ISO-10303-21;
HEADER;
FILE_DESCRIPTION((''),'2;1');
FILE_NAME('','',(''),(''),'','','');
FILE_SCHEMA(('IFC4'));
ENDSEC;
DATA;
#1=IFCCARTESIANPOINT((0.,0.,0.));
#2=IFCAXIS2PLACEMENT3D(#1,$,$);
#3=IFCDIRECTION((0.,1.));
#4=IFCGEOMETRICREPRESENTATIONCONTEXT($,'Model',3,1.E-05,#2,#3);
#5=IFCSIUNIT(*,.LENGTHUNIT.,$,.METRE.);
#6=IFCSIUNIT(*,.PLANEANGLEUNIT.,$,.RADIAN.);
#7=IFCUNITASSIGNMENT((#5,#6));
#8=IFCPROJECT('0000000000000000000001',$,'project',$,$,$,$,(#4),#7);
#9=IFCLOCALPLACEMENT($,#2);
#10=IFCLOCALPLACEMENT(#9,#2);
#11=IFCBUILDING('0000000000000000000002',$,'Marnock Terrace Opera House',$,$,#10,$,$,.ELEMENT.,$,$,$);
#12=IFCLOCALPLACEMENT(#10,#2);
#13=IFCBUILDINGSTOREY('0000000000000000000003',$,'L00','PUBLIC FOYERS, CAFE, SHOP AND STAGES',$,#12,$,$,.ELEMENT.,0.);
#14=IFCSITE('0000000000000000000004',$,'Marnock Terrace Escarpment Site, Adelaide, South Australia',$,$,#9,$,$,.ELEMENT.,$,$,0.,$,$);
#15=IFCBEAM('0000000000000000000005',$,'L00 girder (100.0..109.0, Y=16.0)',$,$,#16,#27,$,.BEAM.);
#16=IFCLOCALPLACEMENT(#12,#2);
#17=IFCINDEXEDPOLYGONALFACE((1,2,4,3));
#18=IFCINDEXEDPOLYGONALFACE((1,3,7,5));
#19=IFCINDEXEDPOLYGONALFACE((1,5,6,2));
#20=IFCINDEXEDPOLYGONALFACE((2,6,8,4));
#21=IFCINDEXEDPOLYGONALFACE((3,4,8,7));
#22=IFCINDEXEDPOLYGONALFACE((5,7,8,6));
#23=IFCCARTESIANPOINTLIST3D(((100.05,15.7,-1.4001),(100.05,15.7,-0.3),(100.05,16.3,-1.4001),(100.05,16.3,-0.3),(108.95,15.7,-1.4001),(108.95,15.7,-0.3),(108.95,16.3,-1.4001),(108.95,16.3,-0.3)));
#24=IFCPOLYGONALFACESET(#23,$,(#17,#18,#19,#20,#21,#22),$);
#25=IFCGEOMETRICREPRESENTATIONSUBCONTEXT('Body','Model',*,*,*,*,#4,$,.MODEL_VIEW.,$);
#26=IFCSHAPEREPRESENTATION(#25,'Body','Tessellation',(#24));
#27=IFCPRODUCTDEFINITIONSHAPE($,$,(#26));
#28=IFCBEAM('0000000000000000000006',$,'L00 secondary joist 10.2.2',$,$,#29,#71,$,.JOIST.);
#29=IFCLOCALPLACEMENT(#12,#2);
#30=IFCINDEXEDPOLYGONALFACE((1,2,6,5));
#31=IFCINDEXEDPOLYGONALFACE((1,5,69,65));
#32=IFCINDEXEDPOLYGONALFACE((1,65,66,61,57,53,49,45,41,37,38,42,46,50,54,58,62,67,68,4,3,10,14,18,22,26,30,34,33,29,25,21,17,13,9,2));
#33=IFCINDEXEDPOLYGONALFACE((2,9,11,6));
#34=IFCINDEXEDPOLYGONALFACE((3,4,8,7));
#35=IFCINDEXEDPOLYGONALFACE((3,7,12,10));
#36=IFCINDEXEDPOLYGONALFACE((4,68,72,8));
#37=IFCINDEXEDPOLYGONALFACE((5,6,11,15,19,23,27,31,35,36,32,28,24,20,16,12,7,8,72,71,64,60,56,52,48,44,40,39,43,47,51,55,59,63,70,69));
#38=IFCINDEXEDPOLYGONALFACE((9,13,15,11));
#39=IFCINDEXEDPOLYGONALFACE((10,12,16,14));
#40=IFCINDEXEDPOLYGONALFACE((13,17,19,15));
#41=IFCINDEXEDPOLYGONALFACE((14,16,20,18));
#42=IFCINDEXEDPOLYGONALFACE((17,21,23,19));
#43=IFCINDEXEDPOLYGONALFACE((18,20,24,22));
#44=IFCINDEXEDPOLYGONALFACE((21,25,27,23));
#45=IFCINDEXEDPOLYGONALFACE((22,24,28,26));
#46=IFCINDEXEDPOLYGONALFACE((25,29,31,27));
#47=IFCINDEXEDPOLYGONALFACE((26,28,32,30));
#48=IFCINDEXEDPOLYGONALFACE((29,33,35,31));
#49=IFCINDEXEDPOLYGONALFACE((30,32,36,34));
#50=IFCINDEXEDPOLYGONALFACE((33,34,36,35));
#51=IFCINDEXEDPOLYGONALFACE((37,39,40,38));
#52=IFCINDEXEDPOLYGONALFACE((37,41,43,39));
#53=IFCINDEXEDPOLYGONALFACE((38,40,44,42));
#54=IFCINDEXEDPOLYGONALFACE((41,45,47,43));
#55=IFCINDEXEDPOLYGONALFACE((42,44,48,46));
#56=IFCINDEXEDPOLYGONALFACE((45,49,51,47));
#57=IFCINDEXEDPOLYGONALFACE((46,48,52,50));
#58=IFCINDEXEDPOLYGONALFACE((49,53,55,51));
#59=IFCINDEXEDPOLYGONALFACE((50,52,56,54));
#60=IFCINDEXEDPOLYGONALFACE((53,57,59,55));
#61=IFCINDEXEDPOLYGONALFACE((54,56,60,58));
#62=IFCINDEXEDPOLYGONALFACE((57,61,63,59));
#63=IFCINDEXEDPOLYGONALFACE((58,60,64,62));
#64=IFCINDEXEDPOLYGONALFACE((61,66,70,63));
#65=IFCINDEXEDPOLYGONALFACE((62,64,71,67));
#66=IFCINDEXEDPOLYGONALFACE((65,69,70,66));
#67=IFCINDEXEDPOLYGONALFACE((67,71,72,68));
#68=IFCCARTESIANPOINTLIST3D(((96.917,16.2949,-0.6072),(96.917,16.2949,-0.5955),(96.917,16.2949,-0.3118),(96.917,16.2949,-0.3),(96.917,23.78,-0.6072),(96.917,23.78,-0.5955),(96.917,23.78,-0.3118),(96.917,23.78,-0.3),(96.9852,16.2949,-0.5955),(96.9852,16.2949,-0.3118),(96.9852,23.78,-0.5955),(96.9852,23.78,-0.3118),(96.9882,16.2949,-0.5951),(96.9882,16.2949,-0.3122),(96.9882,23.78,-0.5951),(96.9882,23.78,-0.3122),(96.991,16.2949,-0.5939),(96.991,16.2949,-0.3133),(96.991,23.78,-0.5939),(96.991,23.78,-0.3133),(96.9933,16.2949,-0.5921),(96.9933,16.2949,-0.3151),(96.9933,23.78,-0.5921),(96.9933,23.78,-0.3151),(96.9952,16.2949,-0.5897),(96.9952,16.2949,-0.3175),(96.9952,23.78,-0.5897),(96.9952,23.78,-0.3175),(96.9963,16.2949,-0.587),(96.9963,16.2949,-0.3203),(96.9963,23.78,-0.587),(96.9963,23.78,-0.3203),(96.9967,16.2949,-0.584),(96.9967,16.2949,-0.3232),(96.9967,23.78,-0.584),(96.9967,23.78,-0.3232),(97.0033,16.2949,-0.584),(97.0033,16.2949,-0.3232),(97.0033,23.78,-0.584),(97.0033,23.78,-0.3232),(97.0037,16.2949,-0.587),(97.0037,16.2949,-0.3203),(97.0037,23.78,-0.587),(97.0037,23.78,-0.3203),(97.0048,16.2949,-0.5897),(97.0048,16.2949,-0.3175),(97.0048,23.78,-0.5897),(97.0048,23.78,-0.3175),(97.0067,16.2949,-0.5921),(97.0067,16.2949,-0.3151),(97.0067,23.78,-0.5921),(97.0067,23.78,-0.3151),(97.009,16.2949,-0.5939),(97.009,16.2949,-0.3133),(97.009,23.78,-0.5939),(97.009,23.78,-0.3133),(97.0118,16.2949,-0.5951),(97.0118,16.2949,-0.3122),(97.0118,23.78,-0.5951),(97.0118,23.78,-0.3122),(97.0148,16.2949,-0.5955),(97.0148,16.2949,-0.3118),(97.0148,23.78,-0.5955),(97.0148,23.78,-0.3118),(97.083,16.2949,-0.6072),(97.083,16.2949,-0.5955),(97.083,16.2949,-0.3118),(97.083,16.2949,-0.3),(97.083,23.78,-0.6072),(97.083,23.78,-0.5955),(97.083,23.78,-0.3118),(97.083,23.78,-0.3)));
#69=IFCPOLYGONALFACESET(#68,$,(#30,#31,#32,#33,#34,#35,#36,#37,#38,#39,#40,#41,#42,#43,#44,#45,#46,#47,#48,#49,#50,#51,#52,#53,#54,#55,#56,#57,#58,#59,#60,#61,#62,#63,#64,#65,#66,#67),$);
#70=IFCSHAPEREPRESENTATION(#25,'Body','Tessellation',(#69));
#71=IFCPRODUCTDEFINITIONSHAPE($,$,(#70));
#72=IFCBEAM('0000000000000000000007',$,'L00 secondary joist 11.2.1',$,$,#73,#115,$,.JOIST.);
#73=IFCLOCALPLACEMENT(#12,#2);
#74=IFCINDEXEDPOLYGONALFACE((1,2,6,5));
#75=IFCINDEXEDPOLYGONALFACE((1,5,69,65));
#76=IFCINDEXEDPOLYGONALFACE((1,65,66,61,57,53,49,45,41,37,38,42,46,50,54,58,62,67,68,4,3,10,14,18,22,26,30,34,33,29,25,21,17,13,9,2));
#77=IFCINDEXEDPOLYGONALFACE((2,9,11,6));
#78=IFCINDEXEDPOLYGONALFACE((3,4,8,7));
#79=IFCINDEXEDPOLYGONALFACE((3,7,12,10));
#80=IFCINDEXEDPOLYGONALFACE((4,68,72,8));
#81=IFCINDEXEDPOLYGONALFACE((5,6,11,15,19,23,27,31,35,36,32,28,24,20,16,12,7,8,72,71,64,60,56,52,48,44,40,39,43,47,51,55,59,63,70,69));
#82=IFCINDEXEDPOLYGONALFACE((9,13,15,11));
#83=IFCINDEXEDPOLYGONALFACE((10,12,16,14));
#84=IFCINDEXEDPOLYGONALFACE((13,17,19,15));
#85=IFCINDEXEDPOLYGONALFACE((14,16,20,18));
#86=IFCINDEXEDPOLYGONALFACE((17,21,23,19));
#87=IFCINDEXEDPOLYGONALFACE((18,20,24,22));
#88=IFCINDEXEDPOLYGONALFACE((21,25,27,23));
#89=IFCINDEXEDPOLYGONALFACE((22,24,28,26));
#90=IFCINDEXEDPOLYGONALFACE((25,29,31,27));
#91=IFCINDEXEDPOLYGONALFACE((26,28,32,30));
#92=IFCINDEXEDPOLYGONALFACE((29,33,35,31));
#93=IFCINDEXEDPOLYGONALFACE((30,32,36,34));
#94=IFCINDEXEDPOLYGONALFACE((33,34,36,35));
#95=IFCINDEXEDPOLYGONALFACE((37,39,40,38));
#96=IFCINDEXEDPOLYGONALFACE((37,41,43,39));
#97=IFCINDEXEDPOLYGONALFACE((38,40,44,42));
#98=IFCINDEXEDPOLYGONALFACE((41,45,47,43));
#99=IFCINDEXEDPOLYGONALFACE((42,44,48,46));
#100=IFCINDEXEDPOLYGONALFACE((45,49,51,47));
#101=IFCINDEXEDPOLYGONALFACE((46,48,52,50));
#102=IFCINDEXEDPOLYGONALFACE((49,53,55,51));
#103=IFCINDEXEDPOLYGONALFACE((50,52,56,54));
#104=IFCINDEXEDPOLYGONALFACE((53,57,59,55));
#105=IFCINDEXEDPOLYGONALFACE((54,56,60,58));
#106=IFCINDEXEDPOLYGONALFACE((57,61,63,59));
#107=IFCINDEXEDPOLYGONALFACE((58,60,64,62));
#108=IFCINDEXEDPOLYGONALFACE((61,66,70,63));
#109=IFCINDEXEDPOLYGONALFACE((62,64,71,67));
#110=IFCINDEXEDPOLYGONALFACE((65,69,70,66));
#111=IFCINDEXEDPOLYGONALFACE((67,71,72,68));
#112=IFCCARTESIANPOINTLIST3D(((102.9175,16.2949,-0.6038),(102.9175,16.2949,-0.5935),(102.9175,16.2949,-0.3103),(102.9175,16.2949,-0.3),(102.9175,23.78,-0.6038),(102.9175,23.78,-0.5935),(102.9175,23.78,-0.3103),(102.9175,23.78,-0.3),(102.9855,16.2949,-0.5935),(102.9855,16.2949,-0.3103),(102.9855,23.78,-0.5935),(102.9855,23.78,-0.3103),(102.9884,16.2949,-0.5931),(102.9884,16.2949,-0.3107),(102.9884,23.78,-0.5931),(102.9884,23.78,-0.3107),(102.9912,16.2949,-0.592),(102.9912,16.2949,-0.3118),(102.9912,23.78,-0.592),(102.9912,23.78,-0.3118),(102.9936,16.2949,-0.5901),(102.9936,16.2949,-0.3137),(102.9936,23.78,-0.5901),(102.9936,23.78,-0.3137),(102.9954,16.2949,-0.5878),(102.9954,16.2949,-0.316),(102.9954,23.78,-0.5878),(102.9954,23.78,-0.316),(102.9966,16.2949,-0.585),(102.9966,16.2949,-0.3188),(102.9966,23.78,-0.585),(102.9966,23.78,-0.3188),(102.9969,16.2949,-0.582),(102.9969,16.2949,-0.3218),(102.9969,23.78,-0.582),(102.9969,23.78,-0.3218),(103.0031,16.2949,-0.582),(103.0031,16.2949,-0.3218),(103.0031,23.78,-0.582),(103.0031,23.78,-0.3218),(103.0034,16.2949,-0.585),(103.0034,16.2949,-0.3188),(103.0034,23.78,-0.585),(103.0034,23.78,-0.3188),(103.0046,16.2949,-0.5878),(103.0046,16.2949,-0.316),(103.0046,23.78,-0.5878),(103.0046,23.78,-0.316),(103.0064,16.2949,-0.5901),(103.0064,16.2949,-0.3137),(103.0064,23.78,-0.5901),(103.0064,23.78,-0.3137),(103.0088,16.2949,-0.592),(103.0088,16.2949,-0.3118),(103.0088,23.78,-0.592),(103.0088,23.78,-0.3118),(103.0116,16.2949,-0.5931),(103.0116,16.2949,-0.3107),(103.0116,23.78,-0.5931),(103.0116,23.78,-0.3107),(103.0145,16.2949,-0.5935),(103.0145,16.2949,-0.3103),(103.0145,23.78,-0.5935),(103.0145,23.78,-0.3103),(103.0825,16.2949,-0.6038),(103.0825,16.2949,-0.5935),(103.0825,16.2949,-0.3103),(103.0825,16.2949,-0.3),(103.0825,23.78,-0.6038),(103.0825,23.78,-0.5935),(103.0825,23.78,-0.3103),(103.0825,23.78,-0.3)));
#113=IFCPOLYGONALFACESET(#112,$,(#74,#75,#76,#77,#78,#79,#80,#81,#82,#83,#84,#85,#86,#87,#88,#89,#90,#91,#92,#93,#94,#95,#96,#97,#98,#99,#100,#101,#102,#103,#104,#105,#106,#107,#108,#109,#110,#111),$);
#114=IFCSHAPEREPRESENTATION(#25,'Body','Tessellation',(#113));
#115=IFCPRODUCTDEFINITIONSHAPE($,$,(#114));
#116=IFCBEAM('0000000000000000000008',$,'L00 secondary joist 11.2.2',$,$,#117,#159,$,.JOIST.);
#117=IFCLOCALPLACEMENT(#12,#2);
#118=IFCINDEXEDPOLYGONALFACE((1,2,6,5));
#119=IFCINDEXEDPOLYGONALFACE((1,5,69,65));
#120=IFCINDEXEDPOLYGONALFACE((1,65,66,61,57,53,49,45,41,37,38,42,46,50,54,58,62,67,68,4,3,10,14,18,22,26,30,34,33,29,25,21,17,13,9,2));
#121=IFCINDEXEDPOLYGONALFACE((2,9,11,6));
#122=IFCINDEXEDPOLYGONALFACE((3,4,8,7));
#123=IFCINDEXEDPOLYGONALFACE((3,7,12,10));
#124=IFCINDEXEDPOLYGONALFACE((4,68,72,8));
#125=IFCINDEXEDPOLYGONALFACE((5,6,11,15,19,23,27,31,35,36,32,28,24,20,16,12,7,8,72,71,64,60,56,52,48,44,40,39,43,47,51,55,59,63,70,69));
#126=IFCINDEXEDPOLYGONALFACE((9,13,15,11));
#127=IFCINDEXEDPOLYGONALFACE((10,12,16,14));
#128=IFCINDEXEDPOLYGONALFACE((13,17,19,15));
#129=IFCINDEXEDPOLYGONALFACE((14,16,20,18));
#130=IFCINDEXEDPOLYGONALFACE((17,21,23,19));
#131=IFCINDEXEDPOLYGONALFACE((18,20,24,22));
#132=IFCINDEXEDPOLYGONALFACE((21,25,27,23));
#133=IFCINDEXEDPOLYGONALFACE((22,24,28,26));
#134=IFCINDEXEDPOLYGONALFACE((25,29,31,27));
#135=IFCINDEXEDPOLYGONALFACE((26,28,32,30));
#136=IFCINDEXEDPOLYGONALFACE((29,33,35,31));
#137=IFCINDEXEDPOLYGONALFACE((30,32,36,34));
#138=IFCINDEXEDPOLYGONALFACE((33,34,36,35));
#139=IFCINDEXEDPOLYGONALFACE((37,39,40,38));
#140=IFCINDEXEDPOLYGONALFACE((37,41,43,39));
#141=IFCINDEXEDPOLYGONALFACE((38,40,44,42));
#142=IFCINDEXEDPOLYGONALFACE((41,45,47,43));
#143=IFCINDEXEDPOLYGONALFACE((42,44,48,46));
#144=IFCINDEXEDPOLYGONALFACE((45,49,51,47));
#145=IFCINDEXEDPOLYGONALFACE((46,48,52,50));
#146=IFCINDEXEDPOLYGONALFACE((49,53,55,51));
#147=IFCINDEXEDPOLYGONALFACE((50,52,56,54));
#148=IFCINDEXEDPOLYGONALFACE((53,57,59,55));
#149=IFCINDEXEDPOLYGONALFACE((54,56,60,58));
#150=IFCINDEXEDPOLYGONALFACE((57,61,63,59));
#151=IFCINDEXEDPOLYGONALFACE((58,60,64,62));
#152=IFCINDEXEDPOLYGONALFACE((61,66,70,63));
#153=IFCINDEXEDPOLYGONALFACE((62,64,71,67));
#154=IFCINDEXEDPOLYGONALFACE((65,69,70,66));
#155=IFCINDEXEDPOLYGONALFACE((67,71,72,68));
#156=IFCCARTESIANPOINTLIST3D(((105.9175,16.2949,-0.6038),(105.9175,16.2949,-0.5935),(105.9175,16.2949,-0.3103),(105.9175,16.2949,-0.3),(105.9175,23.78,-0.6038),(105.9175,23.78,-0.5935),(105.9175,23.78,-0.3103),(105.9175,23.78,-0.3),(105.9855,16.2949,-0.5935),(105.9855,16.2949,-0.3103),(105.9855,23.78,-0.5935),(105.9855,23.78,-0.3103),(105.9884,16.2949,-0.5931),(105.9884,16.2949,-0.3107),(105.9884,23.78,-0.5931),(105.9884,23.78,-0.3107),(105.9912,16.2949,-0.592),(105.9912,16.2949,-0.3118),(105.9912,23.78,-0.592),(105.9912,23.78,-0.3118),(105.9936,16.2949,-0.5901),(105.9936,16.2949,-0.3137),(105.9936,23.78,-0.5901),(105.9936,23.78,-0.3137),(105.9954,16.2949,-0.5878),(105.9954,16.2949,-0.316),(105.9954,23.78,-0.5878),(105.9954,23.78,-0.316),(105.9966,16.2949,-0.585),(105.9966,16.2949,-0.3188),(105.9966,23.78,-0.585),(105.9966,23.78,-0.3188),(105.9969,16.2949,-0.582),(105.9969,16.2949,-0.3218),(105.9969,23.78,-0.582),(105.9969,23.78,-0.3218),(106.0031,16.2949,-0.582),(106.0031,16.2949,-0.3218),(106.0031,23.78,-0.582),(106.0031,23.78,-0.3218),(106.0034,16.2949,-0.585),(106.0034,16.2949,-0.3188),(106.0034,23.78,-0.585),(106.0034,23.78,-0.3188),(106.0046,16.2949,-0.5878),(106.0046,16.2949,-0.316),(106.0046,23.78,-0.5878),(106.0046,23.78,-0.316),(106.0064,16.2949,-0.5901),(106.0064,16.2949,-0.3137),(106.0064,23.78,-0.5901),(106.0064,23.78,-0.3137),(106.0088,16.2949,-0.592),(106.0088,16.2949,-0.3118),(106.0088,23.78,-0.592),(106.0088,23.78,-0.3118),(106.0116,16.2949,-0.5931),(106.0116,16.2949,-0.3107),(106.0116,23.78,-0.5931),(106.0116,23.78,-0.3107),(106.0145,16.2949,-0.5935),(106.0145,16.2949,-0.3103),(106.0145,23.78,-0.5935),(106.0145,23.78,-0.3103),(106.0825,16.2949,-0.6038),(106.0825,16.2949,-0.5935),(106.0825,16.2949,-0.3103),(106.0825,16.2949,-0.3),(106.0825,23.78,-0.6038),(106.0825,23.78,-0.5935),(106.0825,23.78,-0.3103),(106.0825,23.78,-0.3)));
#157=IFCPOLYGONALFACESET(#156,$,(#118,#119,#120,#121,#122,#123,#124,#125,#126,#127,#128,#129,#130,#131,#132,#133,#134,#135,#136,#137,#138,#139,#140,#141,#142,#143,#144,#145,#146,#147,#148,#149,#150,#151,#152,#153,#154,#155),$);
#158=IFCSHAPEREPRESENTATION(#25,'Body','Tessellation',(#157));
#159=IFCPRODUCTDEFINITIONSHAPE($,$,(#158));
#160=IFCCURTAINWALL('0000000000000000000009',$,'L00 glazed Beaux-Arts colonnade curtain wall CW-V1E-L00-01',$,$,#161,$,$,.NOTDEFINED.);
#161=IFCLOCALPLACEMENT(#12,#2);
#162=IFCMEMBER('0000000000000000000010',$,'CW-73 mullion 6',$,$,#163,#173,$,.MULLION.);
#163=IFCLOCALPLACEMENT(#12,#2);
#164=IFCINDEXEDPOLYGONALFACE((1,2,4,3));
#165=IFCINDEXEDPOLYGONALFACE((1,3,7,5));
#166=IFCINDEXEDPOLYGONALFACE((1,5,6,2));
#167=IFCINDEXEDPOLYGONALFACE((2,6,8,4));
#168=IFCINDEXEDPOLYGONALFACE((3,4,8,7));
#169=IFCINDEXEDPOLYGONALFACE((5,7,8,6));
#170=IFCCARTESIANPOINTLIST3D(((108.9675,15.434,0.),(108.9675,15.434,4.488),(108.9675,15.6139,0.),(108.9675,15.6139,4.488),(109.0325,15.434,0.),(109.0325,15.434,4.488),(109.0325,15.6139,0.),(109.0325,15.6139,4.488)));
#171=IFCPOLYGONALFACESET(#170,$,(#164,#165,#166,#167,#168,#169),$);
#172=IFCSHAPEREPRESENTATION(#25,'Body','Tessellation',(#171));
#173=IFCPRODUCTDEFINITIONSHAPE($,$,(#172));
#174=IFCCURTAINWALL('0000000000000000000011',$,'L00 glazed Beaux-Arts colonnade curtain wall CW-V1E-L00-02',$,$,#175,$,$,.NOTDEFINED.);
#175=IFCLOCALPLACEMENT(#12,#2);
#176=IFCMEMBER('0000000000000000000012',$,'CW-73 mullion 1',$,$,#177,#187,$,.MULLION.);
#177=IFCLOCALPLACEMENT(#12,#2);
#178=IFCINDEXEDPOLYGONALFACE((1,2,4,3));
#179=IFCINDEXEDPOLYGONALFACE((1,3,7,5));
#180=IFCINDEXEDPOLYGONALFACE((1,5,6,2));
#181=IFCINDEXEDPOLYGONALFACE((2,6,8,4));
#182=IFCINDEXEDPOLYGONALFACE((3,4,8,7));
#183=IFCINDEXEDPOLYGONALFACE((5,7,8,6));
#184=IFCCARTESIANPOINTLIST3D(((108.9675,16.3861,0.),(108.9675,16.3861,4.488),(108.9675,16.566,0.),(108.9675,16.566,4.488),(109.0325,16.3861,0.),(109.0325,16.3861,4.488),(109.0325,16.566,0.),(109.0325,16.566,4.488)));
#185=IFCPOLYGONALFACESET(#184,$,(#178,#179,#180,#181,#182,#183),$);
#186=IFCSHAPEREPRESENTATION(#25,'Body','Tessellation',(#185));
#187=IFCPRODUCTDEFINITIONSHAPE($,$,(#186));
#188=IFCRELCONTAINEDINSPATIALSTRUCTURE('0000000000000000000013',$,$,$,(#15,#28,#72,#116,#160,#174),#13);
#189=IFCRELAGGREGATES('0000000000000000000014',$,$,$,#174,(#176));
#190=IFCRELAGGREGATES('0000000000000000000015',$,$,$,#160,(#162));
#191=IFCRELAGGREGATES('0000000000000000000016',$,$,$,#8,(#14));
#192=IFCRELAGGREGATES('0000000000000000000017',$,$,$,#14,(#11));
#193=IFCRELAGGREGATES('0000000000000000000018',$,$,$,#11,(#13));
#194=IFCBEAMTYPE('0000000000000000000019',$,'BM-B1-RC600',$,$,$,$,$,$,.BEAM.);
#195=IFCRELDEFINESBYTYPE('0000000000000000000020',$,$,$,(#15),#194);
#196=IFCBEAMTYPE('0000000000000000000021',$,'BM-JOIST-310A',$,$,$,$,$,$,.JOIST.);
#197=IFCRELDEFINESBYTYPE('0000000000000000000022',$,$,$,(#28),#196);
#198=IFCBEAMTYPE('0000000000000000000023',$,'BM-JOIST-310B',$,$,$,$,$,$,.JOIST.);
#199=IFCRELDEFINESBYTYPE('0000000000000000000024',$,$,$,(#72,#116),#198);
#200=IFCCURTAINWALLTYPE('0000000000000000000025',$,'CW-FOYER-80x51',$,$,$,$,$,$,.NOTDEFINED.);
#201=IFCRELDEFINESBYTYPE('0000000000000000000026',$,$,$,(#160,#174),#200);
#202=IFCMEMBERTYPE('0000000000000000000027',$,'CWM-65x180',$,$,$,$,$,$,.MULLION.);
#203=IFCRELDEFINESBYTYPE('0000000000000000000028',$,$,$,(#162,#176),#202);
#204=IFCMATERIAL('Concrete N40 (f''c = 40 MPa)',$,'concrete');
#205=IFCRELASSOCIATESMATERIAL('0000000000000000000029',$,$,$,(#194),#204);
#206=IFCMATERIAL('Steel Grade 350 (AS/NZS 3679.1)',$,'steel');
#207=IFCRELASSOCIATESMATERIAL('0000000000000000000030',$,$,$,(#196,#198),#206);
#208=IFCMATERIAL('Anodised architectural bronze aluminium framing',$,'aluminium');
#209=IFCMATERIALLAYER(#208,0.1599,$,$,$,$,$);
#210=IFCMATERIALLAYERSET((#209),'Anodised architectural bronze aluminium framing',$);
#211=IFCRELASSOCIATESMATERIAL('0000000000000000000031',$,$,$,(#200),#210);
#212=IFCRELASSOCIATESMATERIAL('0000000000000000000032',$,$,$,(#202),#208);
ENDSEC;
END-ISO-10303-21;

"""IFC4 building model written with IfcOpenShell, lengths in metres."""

from ifc_helpers import new_model, si_unit, direction, frame, origin, origin_2d, place, context, subcontext, project, spatial, rectangle, i_section, extrude, material, layer, layer_set, material_profile, profile_set, type_object, element, aggregate, save


model = new_model("IFC4")

# Units and contexts
model_context = context("Model", 3, precision=1e-05, world=origin(), true_north=direction((0.0, 1.0)))
body_context = subcontext(model_context, "Body", "Model", "MODEL_VIEW")
ifc_project = project(units=[si_unit("LENGTHUNIT", "METRE"), si_unit("PLANEANGLEUNIT", "RADIAN")], contexts=[model_context])

# Site, building, storey
site_placement = place(None, origin())
site = spatial("IfcSite", under=ifc_project, at=site_placement, Name="Marnock Terrace Escarpment Site, Adelaide, South Australia", CompositionType="ELEMENT", RefElevation=0.0)
building_placement = place(site_placement, origin())
building = spatial("IfcBuilding", under=site, at=building_placement, Name="Marnock Terrace Opera House", CompositionType="ELEMENT")
storey_placement = place(building_placement, origin())
storey = spatial("IfcBuildingStorey", under=building, at=storey_placement, Name="L00", Description="PUBLIC FOYERS, CAFE, SHOP AND STAGES", CompositionType="ELEMENT", Elevation=0.0)

# Shared definitions
ifc_material_1 = material(Name="Steel Grade 350 (AS/NZS 3679.1)", Category="steel")

# Beams
ifc_material_2 = material(Name="Concrete N40 (f'c = 40 MPa)", Category="concrete")
ifc_material_profile_1 = material_profile(ifc_material_2, rectangle(XDim=0.6001, YDim=1.1001, at=origin_2d()))
ifc_profile_set_1 = profile_set([ifc_material_profile_1], Name="Concrete N40 (f'c = 40 MPa)")
beam_type_1 = type_object("IfcBeamType", Name="BM-B1-RC600", PredefinedType="BEAM", material=ifc_profile_set_1)
beam_1_placement = place(storey_placement, frame((100.05, 16.0, -0.8501), z_axis=(1.0, 0.0, 0.0), x_axis=(0.0, 1.0, 0.0)))
element("IfcBeam", 1, at=beam_1_placement, inside=storey, type_object=beam_type_1, Name="L00 girder (100.0..109.0, Y=16.0)", PredefinedType="BEAM", context=body_context, shape_type="SweptSolid", body=[
    extrude(rectangle(XDim=0.6001, YDim=1.1001, at=origin_2d()), origin(), (0.0, 0.0, 1.0), 8.8999),
])
ifc_material_profile_2 = material_profile(ifc_material_1, i_section(OverallWidth=0.166, OverallDepth=0.3071, WebThickness=0.0066, FlangeThickness=0.0117, FilletRadius=0.0115, at=origin_2d()))
ifc_profile_set_2 = profile_set([ifc_material_profile_2], Name="Steel Grade 350 (AS/NZS 3679.1)")
beam_type_2 = type_object("IfcBeamType", Name="BM-JOIST-310A", PredefinedType="JOIST", material=ifc_profile_set_2)
beam_2_placement = place(storey_placement, frame((97.0, 16.2949, -0.4536), z_axis=(0.0, 1.0, 0.0), x_axis=(-1.0, 0.0, 0.0)))
element("IfcBeam", 2, at=beam_2_placement, inside=storey, type_object=beam_type_2, Name="L00 secondary joist 10.2.2", PredefinedType="JOIST", context=body_context, shape_type="SweptSolid", body=[
    extrude(i_section(OverallWidth=0.166, OverallDepth=0.3071, WebThickness=0.0066, FlangeThickness=0.0117, FilletRadius=0.0115, at=origin_2d()), origin(), (0.0, 0.0, 1.0), 7.4851),
])
ifc_material_profile_3 = material_profile(ifc_material_1, i_section(OverallWidth=0.165, OverallDepth=0.3037, WebThickness=0.0061, FlangeThickness=0.0103, FilletRadius=0.0115, at=origin_2d()))
ifc_profile_set_3 = profile_set([ifc_material_profile_3], Name="Steel Grade 350 (AS/NZS 3679.1)")
beam_type_3 = type_object("IfcBeamType", Name="BM-JOIST-310B", PredefinedType="JOIST", material=ifc_profile_set_3)
for number, where, z_axis, x_axis, name in (
    (3, (103.0, 16.2949, -0.4519), (0.0, 1.0, 0.0), (-1.0, 0.0, 0.0), "L00 secondary joist 11.2.1"),
    (4, (106.0, 16.2949, -0.4519), (0.0, 1.0, 0.0), (-1.0, 0.0, 0.0), "L00 secondary joist 11.2.2"),
):
    element("IfcBeam", number, at=place(storey_placement, frame(where, z_axis=z_axis, x_axis=x_axis)), inside=storey, type_object=beam_type_3, Name=name, PredefinedType="JOIST", context=body_context, shape_type="SweptSolid", body=[
        extrude(i_section(OverallWidth=0.165, OverallDepth=0.3037, WebThickness=0.0061, FlangeThickness=0.0103, FilletRadius=0.0115, at=origin_2d()), origin(), (0.0, 0.0, 1.0), 7.4851),
    ])

# Curtain wall, member
ifc_material_3 = material(Name="Anodised architectural bronze aluminium framing", Category="aluminium")
ifc_layer_1 = layer(ifc_material_3, 0.1599)
ifc_layer_set_1 = layer_set([ifc_layer_1], Name="Anodised architectural bronze aluminium framing")
curtain_wall_type = type_object("IfcCurtainWallType", Name="CW-FOYER-80x51", PredefinedType="NOTDEFINED", material=ifc_layer_set_1)
curtain_wall_1_placement = place(storey_placement, origin())
curtain_wall_1 = element("IfcCurtainWall", 5, at=curtain_wall_1_placement, inside=storey, type_object=curtain_wall_type, Name="L00 glazed Beaux-Arts colonnade curtain wall CW-V1E-L00-01", PredefinedType="NOTDEFINED")
ifc_material_profile_4 = material_profile(ifc_material_3, rectangle(XDim=0.0649, YDim=0.1799, at=origin_2d()))
ifc_profile_set_4 = profile_set([ifc_material_profile_4], Name="Anodised architectural bronze aluminium framing")
member_type = type_object("IfcMemberType", Name="CWM-65x180", PredefinedType="MULLION", material=ifc_profile_set_4)
member_1_placement = place(storey_placement, frame((109.0, 15.5239, 0.0), z_axis=(0.0, 0.0, 1.0), x_axis=(-1.0, 0.0, 0.0)))
member_1 = element("IfcMember", 6, at=member_1_placement, type_object=member_type, Name="CW-73 mullion 6", PredefinedType="MULLION", context=body_context, shape_type="SweptSolid", body=[
    extrude(rectangle(XDim=0.0649, YDim=0.1799, at=origin_2d()), origin(), (0.0, 0.0, 1.0), 4.488),
])

# Curtain wall, member
curtain_wall_2_placement = place(storey_placement, origin())
curtain_wall_2 = element("IfcCurtainWall", 7, at=curtain_wall_2_placement, inside=storey, type_object=curtain_wall_type, Name="L00 glazed Beaux-Arts colonnade curtain wall CW-V1E-L00-02", PredefinedType="NOTDEFINED")
member_2_placement = place(storey_placement, frame((109.0, 16.4761, 0.0), z_axis=(0.0, 0.0, 1.0), x_axis=(-1.0, 0.0, 0.0)))
member_2 = element("IfcMember", 8, at=member_2_placement, type_object=member_type, Name="CW-73 mullion 1", PredefinedType="MULLION", context=body_context, shape_type="SweptSolid", body=[
    extrude(rectangle(XDim=0.0649, YDim=0.1799, at=origin_2d()), origin(), (0.0, 0.0, 1.0), 4.488),
])
aggregate(curtain_wall_2, [member_2])

aggregate(curtain_wall_1, [member_1])

save(model, "model.ifc")
